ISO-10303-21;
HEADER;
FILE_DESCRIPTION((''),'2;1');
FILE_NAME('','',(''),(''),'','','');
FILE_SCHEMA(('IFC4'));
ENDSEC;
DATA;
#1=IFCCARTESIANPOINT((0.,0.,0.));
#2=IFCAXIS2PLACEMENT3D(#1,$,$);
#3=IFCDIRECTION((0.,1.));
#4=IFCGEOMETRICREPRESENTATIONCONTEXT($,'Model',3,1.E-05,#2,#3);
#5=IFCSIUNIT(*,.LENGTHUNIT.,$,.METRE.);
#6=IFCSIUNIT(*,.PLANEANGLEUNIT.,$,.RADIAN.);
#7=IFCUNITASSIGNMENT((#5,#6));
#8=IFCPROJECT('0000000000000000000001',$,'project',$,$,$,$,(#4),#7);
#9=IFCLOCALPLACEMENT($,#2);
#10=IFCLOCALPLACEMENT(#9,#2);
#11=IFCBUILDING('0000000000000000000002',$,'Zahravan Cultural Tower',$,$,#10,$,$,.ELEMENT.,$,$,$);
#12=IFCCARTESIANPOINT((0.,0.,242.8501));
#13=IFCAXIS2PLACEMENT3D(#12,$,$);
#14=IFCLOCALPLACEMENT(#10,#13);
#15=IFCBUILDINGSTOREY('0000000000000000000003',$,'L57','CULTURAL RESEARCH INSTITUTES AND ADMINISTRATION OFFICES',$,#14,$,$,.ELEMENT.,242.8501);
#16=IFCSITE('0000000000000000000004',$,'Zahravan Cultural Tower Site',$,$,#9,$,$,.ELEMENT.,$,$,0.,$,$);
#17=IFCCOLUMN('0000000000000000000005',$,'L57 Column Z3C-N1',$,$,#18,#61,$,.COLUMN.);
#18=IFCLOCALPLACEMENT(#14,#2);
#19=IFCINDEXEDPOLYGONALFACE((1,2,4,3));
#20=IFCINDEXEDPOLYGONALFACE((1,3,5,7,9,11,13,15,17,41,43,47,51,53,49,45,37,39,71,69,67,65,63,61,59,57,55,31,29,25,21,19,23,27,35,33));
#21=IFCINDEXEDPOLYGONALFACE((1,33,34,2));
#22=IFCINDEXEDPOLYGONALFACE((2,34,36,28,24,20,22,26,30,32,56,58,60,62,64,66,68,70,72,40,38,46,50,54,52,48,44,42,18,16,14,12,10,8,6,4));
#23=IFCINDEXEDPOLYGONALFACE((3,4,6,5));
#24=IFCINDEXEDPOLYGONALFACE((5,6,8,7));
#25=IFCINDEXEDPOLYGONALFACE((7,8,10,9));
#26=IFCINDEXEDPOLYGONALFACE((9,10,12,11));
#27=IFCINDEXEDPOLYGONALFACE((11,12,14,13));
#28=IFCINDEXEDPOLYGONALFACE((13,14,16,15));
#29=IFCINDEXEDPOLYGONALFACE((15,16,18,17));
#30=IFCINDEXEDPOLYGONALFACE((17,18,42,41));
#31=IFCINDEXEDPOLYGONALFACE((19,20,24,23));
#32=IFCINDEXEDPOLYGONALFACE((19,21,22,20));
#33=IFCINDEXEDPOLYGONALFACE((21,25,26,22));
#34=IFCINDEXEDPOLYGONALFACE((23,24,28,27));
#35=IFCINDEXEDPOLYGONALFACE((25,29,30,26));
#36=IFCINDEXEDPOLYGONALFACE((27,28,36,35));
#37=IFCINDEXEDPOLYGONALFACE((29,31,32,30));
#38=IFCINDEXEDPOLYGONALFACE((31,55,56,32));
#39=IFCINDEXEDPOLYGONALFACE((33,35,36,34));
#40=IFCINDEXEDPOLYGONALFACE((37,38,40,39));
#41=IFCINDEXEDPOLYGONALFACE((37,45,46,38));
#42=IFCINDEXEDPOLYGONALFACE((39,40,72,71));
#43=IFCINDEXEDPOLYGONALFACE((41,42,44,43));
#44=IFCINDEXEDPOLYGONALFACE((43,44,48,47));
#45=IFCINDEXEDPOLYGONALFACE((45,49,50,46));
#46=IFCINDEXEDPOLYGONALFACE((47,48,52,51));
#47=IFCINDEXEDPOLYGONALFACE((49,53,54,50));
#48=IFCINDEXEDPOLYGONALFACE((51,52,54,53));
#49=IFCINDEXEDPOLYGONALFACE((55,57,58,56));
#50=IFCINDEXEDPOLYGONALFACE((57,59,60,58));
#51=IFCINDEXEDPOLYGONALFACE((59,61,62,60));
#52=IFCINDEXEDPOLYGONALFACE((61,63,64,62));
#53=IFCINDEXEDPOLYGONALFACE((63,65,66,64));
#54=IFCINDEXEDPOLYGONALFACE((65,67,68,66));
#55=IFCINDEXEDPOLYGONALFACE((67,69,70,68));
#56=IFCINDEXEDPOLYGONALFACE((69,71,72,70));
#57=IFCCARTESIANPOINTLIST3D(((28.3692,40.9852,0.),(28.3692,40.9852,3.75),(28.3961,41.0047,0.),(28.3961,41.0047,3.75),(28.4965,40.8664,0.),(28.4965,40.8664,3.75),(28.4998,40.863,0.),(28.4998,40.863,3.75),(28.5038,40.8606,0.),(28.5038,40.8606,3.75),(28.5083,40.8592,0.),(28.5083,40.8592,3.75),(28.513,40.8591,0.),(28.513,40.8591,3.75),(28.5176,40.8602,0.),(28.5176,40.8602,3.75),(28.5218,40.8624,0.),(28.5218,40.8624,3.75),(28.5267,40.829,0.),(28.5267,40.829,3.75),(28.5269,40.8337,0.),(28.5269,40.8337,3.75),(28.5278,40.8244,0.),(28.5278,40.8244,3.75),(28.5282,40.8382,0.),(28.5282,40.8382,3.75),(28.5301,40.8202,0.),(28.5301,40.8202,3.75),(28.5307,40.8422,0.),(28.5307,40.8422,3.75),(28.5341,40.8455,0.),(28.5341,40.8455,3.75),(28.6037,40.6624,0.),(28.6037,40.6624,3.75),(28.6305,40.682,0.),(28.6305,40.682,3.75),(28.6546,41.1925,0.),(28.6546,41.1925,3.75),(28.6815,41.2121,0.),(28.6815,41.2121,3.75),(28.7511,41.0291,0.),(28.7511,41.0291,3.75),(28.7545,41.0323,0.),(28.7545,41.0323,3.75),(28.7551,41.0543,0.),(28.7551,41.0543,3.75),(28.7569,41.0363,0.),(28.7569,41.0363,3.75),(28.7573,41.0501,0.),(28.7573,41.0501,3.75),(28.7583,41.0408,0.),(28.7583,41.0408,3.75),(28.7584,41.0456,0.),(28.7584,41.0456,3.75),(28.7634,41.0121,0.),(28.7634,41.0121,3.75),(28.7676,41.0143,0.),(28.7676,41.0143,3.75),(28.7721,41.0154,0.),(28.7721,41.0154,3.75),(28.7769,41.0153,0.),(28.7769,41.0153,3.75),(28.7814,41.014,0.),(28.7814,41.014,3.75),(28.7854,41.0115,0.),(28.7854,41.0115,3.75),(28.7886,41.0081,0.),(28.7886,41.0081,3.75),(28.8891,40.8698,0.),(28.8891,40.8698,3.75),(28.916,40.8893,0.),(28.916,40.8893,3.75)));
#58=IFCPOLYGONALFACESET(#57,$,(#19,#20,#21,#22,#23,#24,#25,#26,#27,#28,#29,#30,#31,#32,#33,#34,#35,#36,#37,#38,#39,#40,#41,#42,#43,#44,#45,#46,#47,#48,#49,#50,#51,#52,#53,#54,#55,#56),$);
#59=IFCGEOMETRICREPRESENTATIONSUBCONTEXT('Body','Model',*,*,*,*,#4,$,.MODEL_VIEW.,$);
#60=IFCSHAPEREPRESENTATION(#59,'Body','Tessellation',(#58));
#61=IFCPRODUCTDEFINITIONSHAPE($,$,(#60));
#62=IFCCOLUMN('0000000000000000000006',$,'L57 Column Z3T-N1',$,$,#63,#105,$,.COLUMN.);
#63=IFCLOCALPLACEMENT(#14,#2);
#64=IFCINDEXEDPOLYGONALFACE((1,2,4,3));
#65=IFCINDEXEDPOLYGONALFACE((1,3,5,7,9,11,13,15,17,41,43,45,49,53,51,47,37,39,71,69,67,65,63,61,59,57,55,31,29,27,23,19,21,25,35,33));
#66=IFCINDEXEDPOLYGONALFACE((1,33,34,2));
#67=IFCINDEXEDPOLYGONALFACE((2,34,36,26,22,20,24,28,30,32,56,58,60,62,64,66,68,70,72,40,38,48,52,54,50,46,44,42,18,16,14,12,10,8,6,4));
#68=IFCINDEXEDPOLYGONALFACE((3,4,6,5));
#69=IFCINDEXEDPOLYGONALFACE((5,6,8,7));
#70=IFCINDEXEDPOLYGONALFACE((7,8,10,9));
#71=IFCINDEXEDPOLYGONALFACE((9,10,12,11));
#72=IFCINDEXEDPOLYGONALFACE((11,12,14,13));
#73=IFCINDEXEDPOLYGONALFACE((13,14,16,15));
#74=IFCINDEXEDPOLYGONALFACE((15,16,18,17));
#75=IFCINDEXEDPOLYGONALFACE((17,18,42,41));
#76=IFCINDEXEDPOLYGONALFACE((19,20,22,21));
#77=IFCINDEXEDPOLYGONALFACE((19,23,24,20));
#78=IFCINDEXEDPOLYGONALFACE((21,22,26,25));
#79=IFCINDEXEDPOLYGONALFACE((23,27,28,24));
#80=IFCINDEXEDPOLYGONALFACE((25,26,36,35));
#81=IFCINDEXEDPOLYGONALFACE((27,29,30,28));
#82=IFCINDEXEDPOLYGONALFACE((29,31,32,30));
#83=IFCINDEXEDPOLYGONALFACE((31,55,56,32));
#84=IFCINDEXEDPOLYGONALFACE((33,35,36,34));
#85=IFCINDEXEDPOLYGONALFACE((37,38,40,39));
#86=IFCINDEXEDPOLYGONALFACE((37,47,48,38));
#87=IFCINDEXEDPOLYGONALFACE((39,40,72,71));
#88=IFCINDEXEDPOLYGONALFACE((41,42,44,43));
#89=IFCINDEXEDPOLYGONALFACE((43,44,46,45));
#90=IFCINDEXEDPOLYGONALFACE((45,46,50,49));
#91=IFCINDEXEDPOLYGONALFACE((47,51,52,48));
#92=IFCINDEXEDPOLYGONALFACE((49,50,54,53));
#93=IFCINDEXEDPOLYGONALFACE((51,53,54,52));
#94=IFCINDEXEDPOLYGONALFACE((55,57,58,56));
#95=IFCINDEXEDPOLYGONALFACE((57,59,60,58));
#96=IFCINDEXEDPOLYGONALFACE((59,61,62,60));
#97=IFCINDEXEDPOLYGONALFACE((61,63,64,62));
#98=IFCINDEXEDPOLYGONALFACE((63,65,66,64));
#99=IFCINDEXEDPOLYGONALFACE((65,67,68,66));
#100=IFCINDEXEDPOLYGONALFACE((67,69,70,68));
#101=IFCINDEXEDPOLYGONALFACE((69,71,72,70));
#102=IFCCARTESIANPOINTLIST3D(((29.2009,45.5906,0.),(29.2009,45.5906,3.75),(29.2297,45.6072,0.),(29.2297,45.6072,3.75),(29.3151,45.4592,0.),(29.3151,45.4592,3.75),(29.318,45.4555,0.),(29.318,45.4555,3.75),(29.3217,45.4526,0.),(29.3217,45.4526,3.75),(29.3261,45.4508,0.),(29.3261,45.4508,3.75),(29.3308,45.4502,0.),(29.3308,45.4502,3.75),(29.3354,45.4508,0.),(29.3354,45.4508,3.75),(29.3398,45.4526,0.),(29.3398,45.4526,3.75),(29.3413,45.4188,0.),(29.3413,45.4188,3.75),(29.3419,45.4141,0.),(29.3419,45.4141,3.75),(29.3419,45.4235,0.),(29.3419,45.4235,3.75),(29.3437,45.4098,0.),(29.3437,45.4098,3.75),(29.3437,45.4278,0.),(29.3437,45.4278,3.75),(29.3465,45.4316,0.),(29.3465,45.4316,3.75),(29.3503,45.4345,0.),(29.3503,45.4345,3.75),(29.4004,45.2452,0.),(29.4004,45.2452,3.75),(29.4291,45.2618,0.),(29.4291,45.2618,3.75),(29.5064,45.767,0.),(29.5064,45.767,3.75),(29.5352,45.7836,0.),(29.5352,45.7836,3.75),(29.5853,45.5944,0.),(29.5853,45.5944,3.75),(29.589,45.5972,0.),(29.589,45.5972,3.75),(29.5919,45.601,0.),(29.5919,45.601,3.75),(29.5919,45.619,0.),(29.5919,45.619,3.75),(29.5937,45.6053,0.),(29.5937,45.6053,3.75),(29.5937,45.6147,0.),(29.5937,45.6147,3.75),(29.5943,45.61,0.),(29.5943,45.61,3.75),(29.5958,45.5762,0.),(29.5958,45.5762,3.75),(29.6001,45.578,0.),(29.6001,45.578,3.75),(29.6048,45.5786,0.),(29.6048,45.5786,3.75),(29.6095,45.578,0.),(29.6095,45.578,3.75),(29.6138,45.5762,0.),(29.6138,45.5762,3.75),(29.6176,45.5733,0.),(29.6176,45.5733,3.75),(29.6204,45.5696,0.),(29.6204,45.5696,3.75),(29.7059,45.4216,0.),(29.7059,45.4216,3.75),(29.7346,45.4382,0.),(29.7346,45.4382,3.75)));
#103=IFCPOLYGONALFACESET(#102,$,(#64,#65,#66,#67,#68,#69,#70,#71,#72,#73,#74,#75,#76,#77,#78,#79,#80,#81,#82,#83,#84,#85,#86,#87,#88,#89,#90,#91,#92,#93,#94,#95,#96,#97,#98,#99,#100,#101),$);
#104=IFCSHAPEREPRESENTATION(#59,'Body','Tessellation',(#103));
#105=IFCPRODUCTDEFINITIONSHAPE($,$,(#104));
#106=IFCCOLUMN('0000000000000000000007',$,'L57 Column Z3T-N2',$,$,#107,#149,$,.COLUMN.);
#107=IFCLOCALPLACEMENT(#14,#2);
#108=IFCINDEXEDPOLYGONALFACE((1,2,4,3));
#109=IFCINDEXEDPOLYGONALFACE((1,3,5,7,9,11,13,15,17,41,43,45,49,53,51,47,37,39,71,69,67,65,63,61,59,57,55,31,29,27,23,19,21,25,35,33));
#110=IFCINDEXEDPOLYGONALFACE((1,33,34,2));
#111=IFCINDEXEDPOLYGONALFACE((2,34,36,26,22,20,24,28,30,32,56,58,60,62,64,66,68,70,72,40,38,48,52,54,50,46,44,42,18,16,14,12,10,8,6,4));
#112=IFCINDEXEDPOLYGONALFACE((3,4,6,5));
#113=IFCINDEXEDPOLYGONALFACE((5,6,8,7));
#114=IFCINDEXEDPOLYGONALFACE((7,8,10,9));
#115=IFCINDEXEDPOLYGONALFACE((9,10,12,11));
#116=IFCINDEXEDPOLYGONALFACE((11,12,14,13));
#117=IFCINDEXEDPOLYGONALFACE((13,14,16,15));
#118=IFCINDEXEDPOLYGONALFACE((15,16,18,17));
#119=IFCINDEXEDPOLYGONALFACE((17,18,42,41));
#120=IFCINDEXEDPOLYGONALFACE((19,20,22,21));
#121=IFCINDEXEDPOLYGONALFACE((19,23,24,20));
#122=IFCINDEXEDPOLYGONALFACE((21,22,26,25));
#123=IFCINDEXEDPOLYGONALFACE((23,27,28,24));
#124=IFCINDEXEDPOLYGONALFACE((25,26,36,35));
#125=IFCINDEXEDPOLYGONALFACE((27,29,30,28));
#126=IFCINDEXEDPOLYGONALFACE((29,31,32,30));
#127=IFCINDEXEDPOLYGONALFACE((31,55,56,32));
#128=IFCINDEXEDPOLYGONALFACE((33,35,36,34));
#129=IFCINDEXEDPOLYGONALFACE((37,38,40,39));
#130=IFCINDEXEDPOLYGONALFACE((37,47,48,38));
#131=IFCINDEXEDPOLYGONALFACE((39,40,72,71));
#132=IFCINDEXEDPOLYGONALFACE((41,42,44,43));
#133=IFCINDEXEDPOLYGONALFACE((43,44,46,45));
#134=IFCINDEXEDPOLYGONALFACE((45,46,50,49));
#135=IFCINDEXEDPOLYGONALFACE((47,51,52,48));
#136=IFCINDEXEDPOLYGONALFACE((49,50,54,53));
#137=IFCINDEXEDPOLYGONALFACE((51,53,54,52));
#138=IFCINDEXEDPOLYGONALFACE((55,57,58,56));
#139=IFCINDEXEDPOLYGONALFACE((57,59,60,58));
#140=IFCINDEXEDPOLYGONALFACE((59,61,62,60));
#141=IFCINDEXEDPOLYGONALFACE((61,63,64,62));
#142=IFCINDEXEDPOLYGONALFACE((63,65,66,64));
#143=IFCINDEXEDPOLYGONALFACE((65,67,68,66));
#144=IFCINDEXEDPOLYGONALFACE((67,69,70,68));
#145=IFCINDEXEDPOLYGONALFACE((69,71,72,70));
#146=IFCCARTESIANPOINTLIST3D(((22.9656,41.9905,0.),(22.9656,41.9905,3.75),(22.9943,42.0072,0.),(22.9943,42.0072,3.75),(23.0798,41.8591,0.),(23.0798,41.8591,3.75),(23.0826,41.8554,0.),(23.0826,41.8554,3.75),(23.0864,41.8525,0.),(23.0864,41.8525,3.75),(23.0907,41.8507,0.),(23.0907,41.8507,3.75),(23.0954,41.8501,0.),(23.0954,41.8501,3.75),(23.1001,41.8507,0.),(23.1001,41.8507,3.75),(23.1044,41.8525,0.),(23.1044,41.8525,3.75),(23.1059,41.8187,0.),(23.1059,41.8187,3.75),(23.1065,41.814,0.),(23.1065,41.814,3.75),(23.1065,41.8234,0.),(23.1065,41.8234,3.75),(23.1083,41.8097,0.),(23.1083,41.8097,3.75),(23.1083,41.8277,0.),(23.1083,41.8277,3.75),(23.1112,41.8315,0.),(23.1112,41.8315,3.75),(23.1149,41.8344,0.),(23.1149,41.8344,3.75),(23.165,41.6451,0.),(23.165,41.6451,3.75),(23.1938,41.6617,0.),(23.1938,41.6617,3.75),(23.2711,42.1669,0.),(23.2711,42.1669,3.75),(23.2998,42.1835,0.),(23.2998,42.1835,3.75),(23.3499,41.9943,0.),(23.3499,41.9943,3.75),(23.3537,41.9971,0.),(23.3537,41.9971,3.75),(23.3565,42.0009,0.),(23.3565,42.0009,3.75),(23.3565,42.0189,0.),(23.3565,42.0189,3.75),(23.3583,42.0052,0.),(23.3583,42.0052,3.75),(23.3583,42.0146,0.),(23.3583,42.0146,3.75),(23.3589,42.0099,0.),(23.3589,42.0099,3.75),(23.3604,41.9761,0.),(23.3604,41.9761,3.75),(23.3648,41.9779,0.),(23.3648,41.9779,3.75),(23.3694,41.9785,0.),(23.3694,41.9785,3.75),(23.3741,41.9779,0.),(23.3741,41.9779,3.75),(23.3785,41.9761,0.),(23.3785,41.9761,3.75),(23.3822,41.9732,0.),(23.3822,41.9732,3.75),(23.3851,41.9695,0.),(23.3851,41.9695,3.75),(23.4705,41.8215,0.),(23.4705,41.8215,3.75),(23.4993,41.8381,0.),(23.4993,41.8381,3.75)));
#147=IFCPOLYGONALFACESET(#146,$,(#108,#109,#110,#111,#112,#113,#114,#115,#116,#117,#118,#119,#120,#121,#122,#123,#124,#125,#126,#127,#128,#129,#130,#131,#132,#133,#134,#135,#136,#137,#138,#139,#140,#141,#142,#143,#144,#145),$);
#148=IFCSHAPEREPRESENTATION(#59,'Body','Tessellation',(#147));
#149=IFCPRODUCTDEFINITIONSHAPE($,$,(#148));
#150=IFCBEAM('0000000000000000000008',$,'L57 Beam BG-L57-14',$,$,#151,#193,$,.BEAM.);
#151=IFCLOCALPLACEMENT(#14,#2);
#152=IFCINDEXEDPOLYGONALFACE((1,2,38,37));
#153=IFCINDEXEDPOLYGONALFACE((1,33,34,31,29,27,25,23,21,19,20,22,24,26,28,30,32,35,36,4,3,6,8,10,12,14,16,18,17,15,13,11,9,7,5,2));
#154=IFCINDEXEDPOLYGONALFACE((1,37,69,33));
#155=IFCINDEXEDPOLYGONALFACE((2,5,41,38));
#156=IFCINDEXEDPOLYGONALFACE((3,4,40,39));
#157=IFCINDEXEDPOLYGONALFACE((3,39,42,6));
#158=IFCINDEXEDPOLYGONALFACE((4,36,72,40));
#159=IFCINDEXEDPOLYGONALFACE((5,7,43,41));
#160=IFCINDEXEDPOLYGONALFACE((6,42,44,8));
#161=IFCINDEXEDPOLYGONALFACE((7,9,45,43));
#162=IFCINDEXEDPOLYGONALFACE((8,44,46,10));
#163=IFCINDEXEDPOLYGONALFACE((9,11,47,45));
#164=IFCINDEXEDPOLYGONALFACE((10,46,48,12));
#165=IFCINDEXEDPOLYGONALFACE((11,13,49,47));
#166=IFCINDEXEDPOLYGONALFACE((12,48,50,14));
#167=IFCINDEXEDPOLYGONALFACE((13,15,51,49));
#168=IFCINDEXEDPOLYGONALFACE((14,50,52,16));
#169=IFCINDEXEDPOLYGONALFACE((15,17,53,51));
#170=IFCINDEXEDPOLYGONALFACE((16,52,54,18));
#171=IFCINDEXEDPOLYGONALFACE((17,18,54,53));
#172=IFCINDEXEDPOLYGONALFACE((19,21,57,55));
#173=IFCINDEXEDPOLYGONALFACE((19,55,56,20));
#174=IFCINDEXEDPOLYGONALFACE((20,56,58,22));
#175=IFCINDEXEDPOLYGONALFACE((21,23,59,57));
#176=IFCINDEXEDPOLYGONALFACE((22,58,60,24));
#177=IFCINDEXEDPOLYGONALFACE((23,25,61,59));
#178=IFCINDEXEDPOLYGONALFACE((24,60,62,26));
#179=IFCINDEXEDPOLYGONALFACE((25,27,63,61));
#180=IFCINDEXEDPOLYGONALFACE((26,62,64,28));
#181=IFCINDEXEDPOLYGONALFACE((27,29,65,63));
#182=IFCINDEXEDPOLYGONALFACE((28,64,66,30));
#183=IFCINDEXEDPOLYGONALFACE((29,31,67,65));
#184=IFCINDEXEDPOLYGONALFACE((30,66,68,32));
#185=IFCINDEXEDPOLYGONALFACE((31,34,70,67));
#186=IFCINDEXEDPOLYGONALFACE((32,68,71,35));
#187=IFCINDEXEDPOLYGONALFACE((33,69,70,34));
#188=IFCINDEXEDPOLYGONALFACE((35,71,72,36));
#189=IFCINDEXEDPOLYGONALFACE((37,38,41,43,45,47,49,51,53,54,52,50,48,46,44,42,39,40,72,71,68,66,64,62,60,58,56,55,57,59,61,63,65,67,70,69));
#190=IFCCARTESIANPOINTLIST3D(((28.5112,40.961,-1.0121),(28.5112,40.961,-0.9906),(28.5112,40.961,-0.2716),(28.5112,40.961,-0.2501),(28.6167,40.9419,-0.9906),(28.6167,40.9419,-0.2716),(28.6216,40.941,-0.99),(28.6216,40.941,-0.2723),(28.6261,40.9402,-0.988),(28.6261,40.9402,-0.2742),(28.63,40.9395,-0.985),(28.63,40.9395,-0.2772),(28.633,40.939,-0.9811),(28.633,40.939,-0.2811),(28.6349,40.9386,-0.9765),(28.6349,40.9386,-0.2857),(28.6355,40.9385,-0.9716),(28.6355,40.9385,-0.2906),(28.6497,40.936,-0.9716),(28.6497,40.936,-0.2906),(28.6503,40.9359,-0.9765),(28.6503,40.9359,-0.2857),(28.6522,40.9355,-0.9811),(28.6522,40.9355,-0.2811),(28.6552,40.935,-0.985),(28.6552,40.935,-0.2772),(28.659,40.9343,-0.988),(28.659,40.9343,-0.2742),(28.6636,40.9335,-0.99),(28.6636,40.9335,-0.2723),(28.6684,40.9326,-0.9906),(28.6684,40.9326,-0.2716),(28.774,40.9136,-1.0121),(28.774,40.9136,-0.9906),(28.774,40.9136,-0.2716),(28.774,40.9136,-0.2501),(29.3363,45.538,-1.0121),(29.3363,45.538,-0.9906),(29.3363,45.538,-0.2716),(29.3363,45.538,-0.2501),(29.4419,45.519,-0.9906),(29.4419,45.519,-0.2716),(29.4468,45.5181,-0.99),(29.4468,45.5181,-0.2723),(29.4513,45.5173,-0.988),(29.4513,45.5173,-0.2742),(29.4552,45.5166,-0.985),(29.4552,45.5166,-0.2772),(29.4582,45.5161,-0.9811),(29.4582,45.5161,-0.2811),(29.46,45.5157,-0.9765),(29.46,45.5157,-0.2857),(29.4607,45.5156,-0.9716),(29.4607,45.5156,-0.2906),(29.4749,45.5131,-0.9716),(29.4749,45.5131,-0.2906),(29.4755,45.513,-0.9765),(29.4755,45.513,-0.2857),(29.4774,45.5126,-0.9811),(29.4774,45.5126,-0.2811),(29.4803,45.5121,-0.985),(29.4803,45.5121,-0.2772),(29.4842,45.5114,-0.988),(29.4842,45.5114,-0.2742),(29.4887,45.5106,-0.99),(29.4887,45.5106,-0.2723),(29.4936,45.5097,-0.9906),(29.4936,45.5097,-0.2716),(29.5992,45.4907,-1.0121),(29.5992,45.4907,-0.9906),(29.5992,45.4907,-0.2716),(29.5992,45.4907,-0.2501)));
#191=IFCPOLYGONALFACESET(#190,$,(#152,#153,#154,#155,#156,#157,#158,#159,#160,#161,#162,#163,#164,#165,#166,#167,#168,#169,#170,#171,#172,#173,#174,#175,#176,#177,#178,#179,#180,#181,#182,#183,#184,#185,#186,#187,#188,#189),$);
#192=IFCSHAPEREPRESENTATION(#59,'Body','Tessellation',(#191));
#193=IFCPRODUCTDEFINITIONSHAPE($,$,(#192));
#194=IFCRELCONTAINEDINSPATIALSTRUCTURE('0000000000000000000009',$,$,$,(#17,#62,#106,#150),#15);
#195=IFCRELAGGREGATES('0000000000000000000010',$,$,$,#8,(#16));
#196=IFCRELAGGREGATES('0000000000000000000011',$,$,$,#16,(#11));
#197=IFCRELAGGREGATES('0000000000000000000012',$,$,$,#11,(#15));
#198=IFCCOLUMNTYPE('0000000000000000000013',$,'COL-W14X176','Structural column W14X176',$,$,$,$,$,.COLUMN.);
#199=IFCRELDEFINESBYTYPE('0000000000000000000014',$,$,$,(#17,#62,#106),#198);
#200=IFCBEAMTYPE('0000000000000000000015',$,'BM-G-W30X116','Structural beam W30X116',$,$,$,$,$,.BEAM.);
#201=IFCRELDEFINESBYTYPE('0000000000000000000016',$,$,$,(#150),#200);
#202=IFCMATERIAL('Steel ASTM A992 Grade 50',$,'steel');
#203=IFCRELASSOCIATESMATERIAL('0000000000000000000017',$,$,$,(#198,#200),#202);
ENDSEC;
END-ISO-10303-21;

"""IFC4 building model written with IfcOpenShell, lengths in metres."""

from ifc_helpers import new_model, si_unit, direction, frame, origin, origin_2d, place, context, subcontext, project, spatial, i_section, extrude, source, transform, mapped, material, material_profile, profile_set, type_object, element, save


model = new_model("IFC4")

# Units and contexts
model_context = context("Model", 3, precision=1e-05, world=origin(), true_north=direction((0.0, 1.0)))
body_context = subcontext(model_context, "Body", "Model", "MODEL_VIEW")
ifc_project = project(units=[si_unit("LENGTHUNIT", "METRE"), si_unit("PLANEANGLEUNIT", "RADIAN")], contexts=[model_context])

# Site, building, storey
site_placement = place(None, origin())
site = spatial("IfcSite", under=ifc_project, at=site_placement, Name="Zahravan Cultural Tower Site", CompositionType="ELEMENT", RefElevation=0.0)
building_placement = place(site_placement, origin())
building = spatial("IfcBuilding", under=site, at=building_placement, Name="Zahravan Cultural Tower", CompositionType="ELEMENT")
storey_placement = place(building_placement, frame((0.0, 0.0, 242.8501)))
storey = spatial("IfcBuildingStorey", under=building, at=storey_placement, Name="L57", Description="CULTURAL RESEARCH INSTITUTES AND ADMINISTRATION OFFICES", CompositionType="ELEMENT", Elevation=242.8501)

# Columns
ifc_material_1 = material(Name="Steel ASTM A992 Grade 50", Category="steel")
ifc_material_profile_1 = material_profile(ifc_material_1, i_section(OverallWidth=0.3989, OverallDepth=0.386, WebThickness=0.021, FlangeThickness=0.0332, FilletRadius=0.0181, at=origin_2d()), Name="W14X176")
ifc_profile_set_1 = profile_set([ifc_material_profile_1], Name="Steel ASTM A992 Grade 50")
column_type = type_object("IfcColumnType", Name="COL-W14X176", Description="Structural column W14X176", PredefinedType="COLUMN", material=ifc_profile_set_1)
shared_shape_1 = source(origin(), body_context, "Body", "SweptSolid", [
    extrude(i_section(OverallWidth=0.3989, OverallDepth=0.386, WebThickness=0.021, FlangeThickness=0.0332, FilletRadius=0.0181, at=origin_2d()), origin(), (0.0, 0.0, 1.0), 3.75),
])
for number, where, z_axis, x_axis, name in (
    (1, (28.6426, 40.9373, 0.0), (0.0, 0.0, 1.0), (-0.587785, 0.809017, 0.0), "L57 Column Z3C-N1"),
    (2, (29.4678, 45.5144, 0.0), (0.0, 0.0, 1.0), (-0.5, 0.866025, 0.0), "L57 Column Z3T-N1"),
    (3, (23.2324, 41.9143, 0.0), (0.0, 0.0, 1.0), (-0.5, 0.866025, 0.0), "L57 Column Z3T-N2"),
):
    element("IfcColumn", number, at=place(storey_placement, frame(where, z_axis=z_axis, x_axis=x_axis)), inside=storey, type_object=column_type, Name=name, PredefinedType="COLUMN", context=body_context, shape_type="MappedRepresentation", body=[
        mapped(shared_shape_1, transform((0.0, 0.0, 0.0), x_axis=(1.0, 0.0, 0.0), y_axis=(0.0, 1.0, 0.0), z_axis=(0.0, 0.0, 1.0), scale=1.0)),
    ])

# Beam
ifc_material_profile_2 = material_profile(ifc_material_1, i_section(OverallWidth=0.2671, OverallDepth=0.762, WebThickness=0.0144, FlangeThickness=0.0215, FilletRadius=0.019, at=origin_2d()), Name="W30X116")
ifc_profile_set_2 = profile_set([ifc_material_profile_2], Name="Steel ASTM A992 Grade 50")
beam_type_1 = type_object("IfcBeamType", Name="BM-G-W30X116", Description="Structural beam W30X116", PredefinedType="BEAM", material=ifc_profile_set_2)
shared_shape_2 = source(origin(), body_context, "Body", "SweptSolid", [
    extrude(i_section(OverallWidth=0.2671, OverallDepth=0.762, WebThickness=0.0144, FlangeThickness=0.0215, FilletRadius=0.019, at=origin_2d()), origin(), (0.0, 0.0, 1.0), 4.6509),
])
beam_1_placement = place(storey_placement, frame((28.6426, 40.9373, -0.6311), z_axis=(0.177426, 0.984134, 0.0), x_axis=(-0.984134, 0.177426, 0.0)))
element("IfcBeam", 4, at=beam_1_placement, inside=storey, type_object=beam_type_1, Name="L57 Beam BG-L57-14", PredefinedType="BEAM", context=body_context, shape_type="MappedRepresentation", body=[
    mapped(shared_shape_2, transform((0.0, 0.0, 0.0), x_axis=(1.0, 0.0, 0.0), y_axis=(0.0, 1.0, 0.0), z_axis=(0.0, 0.0, 1.0), scale=1.0)),
])

save(model, "model.ifc")
